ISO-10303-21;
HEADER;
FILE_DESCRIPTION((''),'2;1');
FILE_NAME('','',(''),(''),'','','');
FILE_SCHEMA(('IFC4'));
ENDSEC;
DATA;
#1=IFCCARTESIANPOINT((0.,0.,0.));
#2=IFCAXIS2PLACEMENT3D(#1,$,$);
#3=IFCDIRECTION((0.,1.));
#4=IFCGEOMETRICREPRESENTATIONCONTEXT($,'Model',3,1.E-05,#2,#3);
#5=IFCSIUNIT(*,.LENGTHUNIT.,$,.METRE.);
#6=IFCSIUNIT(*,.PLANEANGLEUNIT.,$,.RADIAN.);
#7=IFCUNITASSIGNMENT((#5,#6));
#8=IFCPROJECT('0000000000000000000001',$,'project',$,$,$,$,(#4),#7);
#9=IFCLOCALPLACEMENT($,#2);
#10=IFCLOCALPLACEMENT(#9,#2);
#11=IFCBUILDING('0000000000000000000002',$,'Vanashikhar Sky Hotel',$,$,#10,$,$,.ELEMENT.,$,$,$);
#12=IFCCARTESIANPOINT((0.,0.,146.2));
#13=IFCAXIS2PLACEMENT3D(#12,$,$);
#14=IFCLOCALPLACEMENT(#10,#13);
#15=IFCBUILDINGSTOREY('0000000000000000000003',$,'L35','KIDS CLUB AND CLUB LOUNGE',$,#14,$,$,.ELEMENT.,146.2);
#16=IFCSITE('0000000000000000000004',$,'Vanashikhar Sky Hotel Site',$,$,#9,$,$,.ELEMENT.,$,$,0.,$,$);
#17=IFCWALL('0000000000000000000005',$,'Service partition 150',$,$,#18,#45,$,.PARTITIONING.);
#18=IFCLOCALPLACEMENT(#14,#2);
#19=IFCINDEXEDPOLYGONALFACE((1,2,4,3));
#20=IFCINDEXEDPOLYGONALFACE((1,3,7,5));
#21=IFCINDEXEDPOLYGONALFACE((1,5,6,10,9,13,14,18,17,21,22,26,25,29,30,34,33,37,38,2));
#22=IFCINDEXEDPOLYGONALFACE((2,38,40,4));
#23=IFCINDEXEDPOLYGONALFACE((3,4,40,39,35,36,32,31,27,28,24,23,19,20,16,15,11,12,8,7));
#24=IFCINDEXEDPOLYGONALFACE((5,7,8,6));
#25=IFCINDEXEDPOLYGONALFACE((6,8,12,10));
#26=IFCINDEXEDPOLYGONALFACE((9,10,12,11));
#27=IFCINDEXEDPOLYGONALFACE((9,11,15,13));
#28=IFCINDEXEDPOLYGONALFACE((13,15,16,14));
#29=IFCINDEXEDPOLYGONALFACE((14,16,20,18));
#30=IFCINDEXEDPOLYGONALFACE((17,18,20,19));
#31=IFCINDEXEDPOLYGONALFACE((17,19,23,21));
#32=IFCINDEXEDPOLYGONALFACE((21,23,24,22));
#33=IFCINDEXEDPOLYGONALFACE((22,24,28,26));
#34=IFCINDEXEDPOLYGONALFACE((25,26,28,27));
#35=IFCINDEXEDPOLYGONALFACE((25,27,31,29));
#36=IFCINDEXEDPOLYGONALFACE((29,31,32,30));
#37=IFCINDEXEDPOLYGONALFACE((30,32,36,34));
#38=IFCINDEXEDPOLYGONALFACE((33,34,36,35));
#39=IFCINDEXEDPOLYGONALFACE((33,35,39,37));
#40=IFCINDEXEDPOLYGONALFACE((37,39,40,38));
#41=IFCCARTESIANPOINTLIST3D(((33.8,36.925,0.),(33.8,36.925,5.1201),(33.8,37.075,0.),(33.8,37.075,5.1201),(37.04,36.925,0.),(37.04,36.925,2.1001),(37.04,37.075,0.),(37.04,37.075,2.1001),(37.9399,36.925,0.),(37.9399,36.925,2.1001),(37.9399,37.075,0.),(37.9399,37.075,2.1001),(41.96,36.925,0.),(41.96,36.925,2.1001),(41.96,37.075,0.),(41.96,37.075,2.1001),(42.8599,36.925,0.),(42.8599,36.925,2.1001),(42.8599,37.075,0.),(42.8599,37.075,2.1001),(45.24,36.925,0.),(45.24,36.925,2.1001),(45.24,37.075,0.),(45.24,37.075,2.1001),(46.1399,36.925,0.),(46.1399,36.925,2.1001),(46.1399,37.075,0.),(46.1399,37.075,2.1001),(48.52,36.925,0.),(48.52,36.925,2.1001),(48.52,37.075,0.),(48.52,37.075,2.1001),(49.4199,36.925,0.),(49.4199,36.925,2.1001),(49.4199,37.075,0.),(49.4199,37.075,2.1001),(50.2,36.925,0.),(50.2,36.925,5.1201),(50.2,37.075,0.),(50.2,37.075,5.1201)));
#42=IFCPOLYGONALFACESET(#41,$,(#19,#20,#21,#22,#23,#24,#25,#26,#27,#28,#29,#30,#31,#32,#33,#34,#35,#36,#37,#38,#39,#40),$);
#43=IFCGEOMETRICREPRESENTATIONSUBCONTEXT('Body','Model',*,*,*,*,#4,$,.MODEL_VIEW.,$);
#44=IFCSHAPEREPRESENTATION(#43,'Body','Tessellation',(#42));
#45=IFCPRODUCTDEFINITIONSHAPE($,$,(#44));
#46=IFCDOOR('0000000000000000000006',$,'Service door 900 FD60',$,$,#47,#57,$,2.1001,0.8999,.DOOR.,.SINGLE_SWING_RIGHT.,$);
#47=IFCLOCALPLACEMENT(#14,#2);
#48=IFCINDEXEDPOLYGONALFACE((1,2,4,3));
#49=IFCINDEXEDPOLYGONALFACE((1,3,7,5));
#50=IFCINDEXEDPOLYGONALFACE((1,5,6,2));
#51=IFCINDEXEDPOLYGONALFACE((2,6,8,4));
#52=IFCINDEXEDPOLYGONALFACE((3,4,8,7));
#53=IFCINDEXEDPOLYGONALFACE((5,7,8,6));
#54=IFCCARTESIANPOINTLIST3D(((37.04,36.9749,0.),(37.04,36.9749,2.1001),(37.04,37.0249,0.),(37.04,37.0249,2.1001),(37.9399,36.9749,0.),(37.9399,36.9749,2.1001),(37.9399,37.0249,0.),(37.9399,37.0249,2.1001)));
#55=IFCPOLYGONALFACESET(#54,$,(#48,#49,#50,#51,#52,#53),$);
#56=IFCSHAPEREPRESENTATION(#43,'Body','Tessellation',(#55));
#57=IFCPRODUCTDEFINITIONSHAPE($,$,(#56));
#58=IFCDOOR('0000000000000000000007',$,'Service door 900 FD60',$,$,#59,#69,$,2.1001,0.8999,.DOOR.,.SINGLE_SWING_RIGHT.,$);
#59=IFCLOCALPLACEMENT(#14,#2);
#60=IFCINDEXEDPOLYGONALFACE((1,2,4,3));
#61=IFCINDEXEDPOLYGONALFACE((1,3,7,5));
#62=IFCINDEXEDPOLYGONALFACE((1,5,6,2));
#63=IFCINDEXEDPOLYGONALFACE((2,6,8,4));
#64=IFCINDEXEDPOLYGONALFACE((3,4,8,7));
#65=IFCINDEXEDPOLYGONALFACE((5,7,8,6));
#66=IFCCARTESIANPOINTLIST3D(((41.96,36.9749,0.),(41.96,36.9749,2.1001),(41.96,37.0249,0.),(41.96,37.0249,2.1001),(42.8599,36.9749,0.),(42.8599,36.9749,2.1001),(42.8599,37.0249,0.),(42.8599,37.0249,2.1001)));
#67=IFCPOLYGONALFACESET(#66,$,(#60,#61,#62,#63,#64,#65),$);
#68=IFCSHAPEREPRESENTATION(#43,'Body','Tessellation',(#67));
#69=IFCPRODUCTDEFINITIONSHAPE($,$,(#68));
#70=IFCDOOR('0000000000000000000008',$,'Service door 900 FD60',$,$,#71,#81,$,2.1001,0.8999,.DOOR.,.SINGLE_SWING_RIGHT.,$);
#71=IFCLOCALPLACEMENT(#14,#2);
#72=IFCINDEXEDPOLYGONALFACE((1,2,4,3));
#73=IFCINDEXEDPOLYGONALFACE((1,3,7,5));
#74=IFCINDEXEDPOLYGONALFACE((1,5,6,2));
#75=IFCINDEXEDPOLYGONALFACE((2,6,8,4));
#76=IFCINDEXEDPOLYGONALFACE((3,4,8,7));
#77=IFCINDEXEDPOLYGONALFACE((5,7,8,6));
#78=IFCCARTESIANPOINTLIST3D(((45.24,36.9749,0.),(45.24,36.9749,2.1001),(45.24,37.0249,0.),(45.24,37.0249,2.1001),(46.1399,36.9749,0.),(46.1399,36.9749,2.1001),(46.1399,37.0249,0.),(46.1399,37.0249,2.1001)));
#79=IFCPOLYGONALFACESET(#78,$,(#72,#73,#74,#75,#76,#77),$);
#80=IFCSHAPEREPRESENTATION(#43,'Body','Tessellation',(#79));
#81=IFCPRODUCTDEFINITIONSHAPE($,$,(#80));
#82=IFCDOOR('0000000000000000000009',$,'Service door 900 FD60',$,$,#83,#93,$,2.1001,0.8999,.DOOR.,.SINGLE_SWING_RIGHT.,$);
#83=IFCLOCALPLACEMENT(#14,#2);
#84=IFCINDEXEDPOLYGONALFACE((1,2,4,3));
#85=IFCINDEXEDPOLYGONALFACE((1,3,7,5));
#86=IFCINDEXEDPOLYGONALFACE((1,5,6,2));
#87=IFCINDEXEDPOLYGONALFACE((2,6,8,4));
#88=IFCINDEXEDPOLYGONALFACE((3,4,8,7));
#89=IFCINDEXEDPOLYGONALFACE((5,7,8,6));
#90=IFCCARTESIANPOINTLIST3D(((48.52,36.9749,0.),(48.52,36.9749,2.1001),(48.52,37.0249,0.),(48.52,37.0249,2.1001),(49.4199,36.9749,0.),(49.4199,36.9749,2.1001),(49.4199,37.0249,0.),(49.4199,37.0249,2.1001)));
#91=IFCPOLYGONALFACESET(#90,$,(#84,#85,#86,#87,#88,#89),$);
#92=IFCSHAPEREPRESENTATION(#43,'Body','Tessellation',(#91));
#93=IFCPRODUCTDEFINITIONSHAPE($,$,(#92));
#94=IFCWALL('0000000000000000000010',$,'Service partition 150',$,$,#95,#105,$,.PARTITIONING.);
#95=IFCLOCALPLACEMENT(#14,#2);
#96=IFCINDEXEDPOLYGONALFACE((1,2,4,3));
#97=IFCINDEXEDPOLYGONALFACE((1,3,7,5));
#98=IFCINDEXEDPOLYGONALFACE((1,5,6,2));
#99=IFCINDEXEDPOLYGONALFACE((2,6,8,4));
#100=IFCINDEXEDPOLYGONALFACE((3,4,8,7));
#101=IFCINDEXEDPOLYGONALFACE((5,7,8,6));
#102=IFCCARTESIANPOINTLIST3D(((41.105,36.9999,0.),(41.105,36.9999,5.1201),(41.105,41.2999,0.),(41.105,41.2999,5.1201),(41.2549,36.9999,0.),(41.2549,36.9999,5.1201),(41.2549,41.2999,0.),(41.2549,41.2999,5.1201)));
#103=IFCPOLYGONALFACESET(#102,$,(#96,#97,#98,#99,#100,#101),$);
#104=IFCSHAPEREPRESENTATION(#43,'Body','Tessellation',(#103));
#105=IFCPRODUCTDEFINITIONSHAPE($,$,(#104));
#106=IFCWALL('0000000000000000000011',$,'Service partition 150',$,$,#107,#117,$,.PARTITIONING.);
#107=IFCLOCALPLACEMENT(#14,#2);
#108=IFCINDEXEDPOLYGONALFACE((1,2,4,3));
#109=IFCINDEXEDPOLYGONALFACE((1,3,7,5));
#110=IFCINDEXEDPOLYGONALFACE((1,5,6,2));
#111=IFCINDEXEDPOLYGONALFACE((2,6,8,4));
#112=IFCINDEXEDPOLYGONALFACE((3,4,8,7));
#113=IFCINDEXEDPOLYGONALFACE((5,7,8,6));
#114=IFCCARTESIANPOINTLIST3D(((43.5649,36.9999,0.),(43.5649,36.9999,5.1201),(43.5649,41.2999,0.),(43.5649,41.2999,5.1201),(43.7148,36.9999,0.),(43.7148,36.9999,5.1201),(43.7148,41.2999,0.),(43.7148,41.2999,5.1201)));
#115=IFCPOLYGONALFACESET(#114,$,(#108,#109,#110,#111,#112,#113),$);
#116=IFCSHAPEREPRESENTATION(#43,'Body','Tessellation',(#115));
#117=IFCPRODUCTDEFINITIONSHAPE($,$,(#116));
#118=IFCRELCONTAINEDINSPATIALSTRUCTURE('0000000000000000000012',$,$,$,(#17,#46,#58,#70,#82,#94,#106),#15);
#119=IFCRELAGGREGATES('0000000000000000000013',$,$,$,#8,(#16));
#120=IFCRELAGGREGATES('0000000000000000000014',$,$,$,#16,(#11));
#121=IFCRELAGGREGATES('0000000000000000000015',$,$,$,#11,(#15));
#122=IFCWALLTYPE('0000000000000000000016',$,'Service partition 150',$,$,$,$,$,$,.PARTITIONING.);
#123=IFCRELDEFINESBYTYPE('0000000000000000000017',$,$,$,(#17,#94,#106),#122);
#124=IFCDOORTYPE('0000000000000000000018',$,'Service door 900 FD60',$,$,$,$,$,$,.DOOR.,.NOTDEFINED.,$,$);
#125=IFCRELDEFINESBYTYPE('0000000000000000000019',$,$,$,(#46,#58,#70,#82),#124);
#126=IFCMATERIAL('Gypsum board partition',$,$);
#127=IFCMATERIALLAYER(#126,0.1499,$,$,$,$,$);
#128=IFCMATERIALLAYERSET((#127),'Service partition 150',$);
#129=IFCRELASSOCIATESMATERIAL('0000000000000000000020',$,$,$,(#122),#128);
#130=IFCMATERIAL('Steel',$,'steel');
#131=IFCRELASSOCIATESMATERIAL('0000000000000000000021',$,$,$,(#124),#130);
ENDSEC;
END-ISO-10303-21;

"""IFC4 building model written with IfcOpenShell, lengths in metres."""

from ifc_helpers import new_model, si_unit, direction, frame, frame_2d, origin, place, context, subcontext, project, spatial, rectangle, extrude, source, transform, mapped, material, layer, layer_set, type_object, element, fill, save


model = new_model("IFC4")

# Units and contexts
model_context = context("Model", 3, precision=1e-05, world=origin(), true_north=direction((0.0, 1.0)))
body_context = subcontext(model_context, "Body", "Model", "MODEL_VIEW")
ifc_project = project(units=[si_unit("LENGTHUNIT", "METRE"), si_unit("PLANEANGLEUNIT", "RADIAN")], contexts=[model_context])

# Site, building, storey
site_placement = place(None, origin())
site = spatial("IfcSite", under=ifc_project, at=site_placement, Name="Vanashikhar Sky Hotel Site", CompositionType="ELEMENT", RefElevation=0.0)
building_placement = place(site_placement, origin())
building = spatial("IfcBuilding", under=site, at=building_placement, Name="Vanashikhar Sky Hotel", CompositionType="ELEMENT")
storey_placement = place(building_placement, frame((0.0, 0.0, 146.2)))
storey = spatial("IfcBuildingStorey", under=building, at=storey_placement, Name="L35", Description="KIDS CLUB AND CLUB LOUNGE", CompositionType="ELEMENT", Elevation=146.2)

# Shared definitions
ifc_material_1 = material(Name="Steel", Category="steel")

# Shared definitions
ifc_material_2 = material(Name="Gypsum board partition")
ifc_layer_1 = layer(ifc_material_2, 0.1499)
ifc_layer_set_1 = layer_set([ifc_layer_1], Name="Service partition 150")
wall_type_1 = type_object("IfcWallType", Name="Service partition 150", PredefinedType="PARTITIONING", material=ifc_layer_set_1)

# Wall, openings, doors
shared_shape_1 = source(origin(), body_context, "Body", "SweptSolid", [
    extrude(rectangle(XDim=0.8999, YDim=2.1001, at=frame_2d((0.45, 1.05))), frame((0.0, 0.085, 0.0), z_axis=(0.0, -1.0, 0.0), x_axis=(1.0, 0.0, 0.0)), (0.0, 0.0, 1.0), 0.1699),
])
door_type_1 = type_object("IfcDoorType", Name="Service door 900 FD60", OperationType="NOTDEFINED", PredefinedType="DOOR", material=ifc_material_1)
shared_shape_2 = source(origin(), body_context, "Body", "SweptSolid", [
    extrude(rectangle(XDim=0.8999, YDim=2.1001, at=frame_2d((0.45, 1.05))), frame((0.0, 0.0249, 0.0), z_axis=(0.0, -1.0, 0.0), x_axis=(1.0, 0.0, 0.0)), (0.0, 0.0, 1.0), 0.05),
])
shared_shape_3 = source(origin(), body_context, "Body", "SweptSolid", [
    extrude(rectangle(XDim=16.3999, YDim=0.1499, at=frame_2d((8.2, 0.0))), origin(), (0.0, 0.0, 1.0), 5.1201),
])
wall_1_placement = place(storey_placement, frame((33.8, 37.0, 0.0), z_axis=(0.0, 0.0, 1.0), x_axis=(1.0, 0.0, 0.0)))
wall_1 = element("IfcWall", 1, at=wall_1_placement, inside=storey, type_object=wall_type_1, Name="Service partition 150", PredefinedType="PARTITIONING", context=body_context, shape_type="MappedRepresentation", body=[
    mapped(shared_shape_3, transform((0.0, 0.0, 0.0), scale=1.0)),
])
opening_1_placement = place(wall_1_placement, frame((3.24, 0.0, 0.0)))
opening_1 = element("IfcOpeningElement", 2, at=opening_1_placement, cuts=wall_1, PredefinedType="OPENING", context=body_context, shape_type="MappedRepresentation", body=[
    mapped(shared_shape_1, transform((0.0, 0.0, 0.0), scale=1.0)),
])
opening_2_placement = place(wall_1_placement, frame((8.1599, 0.0, 0.0)))
opening_2 = element("IfcOpeningElement", 3, at=opening_2_placement, cuts=wall_1, PredefinedType="OPENING", context=body_context, shape_type="MappedRepresentation", body=[
    mapped(shared_shape_1, transform((0.0, 0.0, 0.0), scale=1.0)),
])
opening_3_placement = place(wall_1_placement, frame((11.4399, 0.0, 0.0)))
opening_3 = element("IfcOpeningElement", 4, at=opening_3_placement, cuts=wall_1, PredefinedType="OPENING", context=body_context, shape_type="MappedRepresentation", body=[
    mapped(shared_shape_1, transform((0.0, 0.0, 0.0), scale=1.0)),
])
opening_4_placement = place(wall_1_placement, frame((14.72, 0.0, 0.0)))
opening_4 = element("IfcOpeningElement", 5, at=opening_4_placement, cuts=wall_1, PredefinedType="OPENING", context=body_context, shape_type="MappedRepresentation", body=[
    mapped(shared_shape_1, transform((0.0, 0.0, 0.0), scale=1.0)),
])
door_1_placement = place(opening_1_placement, origin())
door_1 = element("IfcDoor", 6, at=door_1_placement, inside=storey, type_object=door_type_1, Name="Service door 900 FD60", OperationType="SINGLE_SWING_RIGHT", OverallHeight=2.1001, OverallWidth=0.8999, PredefinedType="DOOR", context=body_context, shape_type="MappedRepresentation", body=[
    mapped(shared_shape_2, transform((0.0, 0.0, 0.0), scale=1.0)),
])
fill(opening_1, door_1)
door_2_placement = place(opening_2_placement, origin())
door_2 = element("IfcDoor", 7, at=door_2_placement, inside=storey, type_object=door_type_1, Name="Service door 900 FD60", OperationType="SINGLE_SWING_RIGHT", OverallHeight=2.1001, OverallWidth=0.8999, PredefinedType="DOOR", context=body_context, shape_type="MappedRepresentation", body=[
    mapped(shared_shape_2, transform((0.0, 0.0, 0.0), scale=1.0)),
])
fill(opening_2, door_2)
door_3_placement = place(opening_3_placement, origin())
door_3 = element("IfcDoor", 8, at=door_3_placement, inside=storey, type_object=door_type_1, Name="Service door 900 FD60", OperationType="SINGLE_SWING_RIGHT", OverallHeight=2.1001, OverallWidth=0.8999, PredefinedType="DOOR", context=body_context, shape_type="MappedRepresentation", body=[
    mapped(shared_shape_2, transform((0.0, 0.0, 0.0), scale=1.0)),
])
fill(opening_3, door_3)
door_4_placement = place(opening_4_placement, origin())
door_4 = element("IfcDoor", 9, at=door_4_placement, inside=storey, type_object=door_type_1, Name="Service door 900 FD60", OperationType="SINGLE_SWING_RIGHT", OverallHeight=2.1001, OverallWidth=0.8999, PredefinedType="DOOR", context=body_context, shape_type="MappedRepresentation", body=[
    mapped(shared_shape_2, transform((0.0, 0.0, 0.0), scale=1.0)),
])
fill(opening_4, door_4)

# Walls
shared_shape_4 = source(origin(), body_context, "Body", "SweptSolid", [
    extrude(rectangle(XDim=4.3, YDim=0.1499, at=frame_2d((2.1499, 0.0))), origin(), (0.0, 0.0, 1.0), 5.1201),
])
for number, where, z_axis, x_axis, name in (
    (10, (41.1799, 37.0, 0.0), (0.0, 0.0, 1.0), (0.0, 1.0, 0.0), "Service partition 150"),
    (11, (43.6399, 37.0, 0.0), (0.0, 0.0, 1.0), (0.0, 1.0, 0.0), "Service partition 150"),
):
    element("IfcWall", number, at=place(storey_placement, frame(where, z_axis=z_axis, x_axis=x_axis)), inside=storey, type_object=wall_type_1, Name=name, PredefinedType="PARTITIONING", context=body_context, shape_type="MappedRepresentation", body=[
        mapped(shared_shape_4, transform((0.0, 0.0, 0.0), scale=1.0)),
    ])

save(model, "model.ifc")
